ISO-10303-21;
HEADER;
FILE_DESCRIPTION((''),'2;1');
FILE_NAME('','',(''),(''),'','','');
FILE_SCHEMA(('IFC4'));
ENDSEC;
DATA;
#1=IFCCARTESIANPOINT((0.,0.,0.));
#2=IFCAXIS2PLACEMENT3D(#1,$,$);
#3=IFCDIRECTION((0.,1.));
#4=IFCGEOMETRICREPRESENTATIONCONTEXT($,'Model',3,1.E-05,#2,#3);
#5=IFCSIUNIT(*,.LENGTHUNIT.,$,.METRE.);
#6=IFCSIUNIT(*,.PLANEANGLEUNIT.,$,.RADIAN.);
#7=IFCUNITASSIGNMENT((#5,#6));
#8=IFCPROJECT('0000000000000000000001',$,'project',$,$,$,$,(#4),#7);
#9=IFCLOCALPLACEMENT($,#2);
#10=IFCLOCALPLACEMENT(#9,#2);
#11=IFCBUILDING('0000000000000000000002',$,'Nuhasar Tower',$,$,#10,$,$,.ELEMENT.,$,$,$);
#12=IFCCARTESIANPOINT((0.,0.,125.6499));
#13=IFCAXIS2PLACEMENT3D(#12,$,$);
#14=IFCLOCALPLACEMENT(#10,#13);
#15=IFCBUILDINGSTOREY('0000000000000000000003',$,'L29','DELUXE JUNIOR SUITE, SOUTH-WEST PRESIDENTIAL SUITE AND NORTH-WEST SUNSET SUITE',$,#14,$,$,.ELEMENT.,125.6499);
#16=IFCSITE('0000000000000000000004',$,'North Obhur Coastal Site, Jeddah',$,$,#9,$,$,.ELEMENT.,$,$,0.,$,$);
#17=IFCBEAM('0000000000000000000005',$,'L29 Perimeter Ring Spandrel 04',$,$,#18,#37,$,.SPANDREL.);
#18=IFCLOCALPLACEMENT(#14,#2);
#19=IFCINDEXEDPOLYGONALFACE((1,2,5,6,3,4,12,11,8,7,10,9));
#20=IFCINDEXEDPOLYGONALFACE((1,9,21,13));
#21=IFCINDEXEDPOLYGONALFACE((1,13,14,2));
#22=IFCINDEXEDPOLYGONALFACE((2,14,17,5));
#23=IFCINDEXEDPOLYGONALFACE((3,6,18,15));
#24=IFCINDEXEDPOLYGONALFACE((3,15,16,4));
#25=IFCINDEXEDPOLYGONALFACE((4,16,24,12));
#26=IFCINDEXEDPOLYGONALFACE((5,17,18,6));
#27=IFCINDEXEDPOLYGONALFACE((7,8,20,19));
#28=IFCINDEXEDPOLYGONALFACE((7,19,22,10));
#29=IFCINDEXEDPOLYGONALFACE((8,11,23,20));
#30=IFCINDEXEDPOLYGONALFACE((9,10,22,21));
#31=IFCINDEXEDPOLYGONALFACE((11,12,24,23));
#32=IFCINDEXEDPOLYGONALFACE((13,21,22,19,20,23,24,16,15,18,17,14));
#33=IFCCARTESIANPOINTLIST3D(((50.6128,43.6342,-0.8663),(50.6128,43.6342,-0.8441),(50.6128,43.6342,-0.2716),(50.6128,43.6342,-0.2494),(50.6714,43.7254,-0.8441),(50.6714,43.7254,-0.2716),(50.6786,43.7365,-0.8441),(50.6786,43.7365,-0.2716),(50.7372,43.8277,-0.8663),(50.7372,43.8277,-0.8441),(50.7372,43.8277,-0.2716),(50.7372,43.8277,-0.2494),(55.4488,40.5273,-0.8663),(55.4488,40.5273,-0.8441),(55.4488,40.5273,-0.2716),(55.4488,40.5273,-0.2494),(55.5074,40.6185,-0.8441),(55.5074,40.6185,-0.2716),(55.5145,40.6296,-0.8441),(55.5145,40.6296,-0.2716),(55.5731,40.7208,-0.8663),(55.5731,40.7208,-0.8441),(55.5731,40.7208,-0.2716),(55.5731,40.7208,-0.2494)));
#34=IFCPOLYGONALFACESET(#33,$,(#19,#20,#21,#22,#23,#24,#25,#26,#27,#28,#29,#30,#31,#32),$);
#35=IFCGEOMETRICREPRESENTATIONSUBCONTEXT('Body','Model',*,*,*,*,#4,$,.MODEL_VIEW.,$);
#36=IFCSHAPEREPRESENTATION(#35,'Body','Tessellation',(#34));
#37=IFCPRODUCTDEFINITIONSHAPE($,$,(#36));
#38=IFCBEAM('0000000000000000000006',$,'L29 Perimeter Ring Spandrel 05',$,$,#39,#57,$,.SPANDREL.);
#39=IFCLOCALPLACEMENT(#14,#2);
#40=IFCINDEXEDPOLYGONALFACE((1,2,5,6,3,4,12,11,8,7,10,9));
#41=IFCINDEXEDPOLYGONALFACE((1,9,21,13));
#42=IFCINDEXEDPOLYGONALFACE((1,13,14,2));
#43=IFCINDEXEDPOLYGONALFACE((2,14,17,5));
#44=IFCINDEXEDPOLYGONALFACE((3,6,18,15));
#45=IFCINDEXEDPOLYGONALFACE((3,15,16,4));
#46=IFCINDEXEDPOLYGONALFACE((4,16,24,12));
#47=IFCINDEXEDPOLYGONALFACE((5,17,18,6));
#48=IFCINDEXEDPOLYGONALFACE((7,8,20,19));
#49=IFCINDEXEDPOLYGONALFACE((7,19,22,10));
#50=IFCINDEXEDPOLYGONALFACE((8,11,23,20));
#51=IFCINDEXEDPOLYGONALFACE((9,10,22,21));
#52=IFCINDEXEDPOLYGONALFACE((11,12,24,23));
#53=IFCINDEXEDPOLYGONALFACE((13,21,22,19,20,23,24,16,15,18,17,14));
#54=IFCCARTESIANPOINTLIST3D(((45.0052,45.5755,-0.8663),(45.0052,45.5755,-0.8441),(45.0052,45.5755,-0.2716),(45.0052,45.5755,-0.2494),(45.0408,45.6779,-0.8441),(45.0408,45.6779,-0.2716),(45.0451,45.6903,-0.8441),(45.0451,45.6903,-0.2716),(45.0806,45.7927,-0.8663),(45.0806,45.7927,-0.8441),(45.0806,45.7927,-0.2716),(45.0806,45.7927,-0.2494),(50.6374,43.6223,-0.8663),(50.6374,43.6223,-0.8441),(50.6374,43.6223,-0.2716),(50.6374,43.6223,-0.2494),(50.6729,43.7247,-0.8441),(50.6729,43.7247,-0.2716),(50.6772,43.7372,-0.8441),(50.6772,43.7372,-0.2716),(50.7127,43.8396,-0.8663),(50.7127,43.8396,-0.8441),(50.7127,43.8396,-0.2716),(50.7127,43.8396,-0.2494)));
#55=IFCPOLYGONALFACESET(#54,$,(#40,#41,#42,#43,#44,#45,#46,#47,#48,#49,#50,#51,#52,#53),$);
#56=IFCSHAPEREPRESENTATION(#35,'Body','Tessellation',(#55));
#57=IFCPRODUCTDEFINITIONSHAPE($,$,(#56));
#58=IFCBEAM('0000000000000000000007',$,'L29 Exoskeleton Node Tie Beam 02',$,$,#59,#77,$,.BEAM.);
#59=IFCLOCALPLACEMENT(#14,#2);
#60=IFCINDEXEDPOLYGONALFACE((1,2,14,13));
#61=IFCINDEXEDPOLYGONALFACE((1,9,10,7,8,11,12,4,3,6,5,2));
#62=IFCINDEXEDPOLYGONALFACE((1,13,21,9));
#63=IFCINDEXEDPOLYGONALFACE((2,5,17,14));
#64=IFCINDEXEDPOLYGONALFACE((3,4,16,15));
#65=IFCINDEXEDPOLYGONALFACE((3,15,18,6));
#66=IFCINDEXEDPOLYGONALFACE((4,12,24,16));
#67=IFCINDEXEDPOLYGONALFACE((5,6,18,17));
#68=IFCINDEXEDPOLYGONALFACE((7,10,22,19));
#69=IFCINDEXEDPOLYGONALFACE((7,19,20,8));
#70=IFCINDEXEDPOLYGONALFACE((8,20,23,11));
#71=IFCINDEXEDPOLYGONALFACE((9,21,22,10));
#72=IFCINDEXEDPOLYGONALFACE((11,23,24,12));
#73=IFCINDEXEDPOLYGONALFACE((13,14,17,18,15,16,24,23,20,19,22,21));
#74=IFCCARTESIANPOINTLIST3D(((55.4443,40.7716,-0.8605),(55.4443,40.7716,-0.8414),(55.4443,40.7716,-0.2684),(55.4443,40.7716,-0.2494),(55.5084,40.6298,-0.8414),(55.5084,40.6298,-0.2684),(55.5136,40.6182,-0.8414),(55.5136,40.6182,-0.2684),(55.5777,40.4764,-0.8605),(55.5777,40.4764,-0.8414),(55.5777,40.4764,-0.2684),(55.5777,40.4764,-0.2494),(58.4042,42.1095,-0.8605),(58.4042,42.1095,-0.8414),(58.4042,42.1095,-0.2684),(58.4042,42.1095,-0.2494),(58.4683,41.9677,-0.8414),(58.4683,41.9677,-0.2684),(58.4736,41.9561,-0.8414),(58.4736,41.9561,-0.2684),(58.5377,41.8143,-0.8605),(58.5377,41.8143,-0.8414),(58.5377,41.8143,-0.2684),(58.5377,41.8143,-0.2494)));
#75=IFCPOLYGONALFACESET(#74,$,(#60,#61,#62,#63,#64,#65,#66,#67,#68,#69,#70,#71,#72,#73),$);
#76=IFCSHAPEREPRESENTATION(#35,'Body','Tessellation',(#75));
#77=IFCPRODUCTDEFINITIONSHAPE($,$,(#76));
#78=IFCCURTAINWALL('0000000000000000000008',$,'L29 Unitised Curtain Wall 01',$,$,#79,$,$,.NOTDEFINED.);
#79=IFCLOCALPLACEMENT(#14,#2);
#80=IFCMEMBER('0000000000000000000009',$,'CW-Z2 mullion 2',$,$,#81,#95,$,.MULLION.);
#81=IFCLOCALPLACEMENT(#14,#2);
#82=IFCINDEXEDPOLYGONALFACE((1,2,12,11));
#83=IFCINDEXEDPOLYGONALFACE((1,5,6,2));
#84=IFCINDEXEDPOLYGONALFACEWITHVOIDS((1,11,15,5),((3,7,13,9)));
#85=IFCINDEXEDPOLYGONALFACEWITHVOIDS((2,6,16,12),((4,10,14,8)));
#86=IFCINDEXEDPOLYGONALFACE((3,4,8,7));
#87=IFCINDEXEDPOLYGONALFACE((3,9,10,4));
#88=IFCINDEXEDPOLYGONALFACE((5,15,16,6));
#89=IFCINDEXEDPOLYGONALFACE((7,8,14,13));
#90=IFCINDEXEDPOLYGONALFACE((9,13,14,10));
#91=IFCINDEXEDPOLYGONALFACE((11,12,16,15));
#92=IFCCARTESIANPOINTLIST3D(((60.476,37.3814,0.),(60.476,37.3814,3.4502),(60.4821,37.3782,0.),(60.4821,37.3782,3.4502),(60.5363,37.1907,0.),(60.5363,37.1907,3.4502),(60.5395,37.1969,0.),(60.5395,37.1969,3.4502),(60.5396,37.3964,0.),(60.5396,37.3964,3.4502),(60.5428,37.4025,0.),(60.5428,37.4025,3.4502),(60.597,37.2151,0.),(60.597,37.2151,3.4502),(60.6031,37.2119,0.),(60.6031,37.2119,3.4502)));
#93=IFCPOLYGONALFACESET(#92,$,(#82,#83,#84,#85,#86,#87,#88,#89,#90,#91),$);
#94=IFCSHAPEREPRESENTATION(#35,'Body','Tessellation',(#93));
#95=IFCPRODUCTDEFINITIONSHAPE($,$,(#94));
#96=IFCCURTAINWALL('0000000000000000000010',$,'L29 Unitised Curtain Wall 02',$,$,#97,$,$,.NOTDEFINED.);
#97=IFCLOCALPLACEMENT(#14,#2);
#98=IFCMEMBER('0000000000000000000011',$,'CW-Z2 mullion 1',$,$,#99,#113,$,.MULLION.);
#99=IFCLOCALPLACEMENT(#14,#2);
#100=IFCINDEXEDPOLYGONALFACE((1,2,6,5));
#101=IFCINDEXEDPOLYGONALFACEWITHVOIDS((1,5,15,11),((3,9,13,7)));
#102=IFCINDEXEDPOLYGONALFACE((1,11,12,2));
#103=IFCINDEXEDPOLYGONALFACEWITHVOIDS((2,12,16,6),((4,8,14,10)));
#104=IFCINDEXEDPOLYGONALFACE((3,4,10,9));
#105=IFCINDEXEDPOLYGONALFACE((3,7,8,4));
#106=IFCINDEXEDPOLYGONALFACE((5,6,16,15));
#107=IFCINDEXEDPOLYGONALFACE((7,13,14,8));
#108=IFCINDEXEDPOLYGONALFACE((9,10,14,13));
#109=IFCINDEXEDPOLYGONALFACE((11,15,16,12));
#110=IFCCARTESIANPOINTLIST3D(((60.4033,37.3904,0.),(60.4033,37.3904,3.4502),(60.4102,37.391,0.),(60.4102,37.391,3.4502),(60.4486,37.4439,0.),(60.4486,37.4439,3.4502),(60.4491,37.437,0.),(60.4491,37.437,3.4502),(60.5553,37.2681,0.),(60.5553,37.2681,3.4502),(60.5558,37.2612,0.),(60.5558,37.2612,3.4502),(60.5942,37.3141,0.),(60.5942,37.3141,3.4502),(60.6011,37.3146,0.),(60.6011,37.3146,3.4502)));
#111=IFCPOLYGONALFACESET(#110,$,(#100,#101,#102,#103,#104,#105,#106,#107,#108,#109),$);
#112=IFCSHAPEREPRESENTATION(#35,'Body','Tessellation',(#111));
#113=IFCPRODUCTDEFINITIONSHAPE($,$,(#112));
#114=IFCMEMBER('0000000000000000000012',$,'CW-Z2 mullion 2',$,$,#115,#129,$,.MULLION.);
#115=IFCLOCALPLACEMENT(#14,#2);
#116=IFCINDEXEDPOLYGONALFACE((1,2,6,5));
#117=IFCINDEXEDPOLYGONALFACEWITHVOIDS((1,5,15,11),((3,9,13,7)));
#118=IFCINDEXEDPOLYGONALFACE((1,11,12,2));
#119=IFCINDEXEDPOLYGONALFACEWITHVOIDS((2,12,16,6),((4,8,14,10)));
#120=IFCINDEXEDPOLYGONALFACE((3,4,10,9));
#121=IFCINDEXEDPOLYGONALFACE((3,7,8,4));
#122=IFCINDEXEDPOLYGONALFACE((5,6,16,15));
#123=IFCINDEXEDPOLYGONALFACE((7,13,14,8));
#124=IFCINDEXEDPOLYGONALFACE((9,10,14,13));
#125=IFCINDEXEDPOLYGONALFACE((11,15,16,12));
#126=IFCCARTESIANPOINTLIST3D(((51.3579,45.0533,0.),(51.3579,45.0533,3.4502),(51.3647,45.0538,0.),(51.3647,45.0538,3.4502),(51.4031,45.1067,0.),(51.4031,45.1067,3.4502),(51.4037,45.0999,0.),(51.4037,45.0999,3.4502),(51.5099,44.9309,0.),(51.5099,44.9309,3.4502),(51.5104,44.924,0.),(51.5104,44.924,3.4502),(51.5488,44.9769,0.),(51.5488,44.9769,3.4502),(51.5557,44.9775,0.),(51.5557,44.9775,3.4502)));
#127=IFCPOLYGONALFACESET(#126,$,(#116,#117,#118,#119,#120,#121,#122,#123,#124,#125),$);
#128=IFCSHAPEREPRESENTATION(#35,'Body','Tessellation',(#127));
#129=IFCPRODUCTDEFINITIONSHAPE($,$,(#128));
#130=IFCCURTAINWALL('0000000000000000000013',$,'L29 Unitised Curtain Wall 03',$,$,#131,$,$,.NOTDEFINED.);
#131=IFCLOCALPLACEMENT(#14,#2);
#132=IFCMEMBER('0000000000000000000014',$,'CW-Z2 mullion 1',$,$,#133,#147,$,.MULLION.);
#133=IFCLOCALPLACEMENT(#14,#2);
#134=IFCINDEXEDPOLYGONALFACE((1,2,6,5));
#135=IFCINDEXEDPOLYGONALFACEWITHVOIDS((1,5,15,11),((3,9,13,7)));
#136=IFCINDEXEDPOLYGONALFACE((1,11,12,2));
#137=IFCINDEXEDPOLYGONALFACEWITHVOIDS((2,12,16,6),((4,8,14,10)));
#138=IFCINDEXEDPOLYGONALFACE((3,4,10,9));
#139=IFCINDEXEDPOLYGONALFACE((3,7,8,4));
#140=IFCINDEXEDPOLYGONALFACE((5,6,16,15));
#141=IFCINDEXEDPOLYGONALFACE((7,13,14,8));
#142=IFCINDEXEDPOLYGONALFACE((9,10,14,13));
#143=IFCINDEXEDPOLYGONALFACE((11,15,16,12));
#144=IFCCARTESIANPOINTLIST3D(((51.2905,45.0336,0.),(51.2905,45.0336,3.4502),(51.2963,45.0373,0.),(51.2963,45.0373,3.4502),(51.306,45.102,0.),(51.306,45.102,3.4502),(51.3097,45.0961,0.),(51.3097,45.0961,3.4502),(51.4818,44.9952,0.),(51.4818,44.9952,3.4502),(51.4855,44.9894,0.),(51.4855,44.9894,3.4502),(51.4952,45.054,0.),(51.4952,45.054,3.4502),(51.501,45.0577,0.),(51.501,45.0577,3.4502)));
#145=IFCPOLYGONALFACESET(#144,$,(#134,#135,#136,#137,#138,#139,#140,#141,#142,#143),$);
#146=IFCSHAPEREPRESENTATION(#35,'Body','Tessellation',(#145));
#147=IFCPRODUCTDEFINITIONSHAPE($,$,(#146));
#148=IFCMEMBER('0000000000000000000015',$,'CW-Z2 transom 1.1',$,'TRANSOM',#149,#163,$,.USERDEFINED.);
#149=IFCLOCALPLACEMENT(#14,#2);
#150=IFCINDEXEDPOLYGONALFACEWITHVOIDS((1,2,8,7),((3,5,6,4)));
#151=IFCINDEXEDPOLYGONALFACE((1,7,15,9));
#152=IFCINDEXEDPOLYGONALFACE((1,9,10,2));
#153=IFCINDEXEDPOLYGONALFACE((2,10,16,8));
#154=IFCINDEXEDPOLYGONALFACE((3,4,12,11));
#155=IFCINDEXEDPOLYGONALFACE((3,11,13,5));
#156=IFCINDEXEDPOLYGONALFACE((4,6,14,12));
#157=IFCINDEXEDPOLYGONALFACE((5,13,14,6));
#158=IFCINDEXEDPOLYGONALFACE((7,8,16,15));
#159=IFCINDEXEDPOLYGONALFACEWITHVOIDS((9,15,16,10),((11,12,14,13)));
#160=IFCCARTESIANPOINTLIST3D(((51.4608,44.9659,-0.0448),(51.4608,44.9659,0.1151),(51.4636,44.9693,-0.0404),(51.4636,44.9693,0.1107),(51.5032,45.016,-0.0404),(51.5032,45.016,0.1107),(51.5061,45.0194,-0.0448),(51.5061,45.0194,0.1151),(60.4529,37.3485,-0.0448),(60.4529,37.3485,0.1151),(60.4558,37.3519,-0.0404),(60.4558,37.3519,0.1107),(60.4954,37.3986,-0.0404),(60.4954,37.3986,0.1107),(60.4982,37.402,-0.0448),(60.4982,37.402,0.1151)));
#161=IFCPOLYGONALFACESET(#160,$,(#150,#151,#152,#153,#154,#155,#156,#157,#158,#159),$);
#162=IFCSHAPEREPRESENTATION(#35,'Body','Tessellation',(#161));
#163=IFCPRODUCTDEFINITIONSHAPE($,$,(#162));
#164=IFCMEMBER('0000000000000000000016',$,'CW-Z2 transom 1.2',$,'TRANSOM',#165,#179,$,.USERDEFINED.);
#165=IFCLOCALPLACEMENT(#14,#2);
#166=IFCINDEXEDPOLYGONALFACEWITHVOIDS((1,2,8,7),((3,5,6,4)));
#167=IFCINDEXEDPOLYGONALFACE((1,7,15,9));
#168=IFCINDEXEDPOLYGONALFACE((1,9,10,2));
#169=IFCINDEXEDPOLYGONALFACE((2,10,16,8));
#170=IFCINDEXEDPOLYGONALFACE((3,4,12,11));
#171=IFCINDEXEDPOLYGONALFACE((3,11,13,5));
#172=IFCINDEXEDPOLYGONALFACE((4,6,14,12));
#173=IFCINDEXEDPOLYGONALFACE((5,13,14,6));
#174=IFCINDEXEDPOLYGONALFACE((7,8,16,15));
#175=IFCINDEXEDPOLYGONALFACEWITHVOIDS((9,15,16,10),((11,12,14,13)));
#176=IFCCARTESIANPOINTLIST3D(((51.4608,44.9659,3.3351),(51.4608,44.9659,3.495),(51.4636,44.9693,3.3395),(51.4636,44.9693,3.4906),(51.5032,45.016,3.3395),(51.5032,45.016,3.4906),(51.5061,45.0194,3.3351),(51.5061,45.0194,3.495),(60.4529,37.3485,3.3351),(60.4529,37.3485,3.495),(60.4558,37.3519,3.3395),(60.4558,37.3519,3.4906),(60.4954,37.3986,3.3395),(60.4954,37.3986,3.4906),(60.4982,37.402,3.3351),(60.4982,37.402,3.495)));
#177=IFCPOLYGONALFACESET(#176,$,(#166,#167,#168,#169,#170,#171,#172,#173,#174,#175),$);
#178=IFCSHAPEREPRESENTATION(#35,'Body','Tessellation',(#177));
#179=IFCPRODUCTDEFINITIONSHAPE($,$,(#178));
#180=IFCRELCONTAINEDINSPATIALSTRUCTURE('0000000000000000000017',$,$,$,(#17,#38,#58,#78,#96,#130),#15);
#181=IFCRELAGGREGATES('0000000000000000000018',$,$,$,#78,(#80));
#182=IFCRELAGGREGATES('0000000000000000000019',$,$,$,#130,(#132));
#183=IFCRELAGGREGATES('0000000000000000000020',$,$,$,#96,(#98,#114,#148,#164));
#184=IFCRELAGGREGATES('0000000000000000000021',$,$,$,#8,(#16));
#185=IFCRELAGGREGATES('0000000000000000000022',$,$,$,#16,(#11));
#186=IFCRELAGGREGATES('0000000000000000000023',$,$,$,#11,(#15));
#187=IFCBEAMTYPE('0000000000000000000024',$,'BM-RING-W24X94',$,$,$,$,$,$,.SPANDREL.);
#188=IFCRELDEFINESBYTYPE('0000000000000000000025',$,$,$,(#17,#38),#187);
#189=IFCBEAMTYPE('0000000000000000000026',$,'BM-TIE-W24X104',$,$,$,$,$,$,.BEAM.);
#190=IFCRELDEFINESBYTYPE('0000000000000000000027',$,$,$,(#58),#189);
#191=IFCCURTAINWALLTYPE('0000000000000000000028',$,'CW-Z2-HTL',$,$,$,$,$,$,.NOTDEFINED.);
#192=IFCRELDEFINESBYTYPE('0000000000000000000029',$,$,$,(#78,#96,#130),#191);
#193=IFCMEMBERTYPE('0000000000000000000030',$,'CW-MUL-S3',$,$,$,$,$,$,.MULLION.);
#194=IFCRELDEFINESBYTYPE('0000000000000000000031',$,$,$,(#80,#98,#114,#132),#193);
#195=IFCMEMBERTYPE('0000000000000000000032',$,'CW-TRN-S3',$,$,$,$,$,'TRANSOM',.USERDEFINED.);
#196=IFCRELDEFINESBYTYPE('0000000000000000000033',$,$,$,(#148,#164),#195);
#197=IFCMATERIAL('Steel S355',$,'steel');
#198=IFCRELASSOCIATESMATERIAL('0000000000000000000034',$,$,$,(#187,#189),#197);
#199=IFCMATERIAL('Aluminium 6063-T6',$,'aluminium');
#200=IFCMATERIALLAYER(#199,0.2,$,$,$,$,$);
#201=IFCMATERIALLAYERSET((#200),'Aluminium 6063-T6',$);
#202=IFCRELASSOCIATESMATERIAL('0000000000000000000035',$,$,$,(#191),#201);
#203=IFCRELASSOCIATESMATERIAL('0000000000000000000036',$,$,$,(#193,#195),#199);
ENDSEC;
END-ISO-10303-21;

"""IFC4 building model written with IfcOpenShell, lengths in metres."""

from ifc_helpers import new_model, si_unit, direction, frame, origin, origin_2d, place, context, subcontext, project, spatial, hollow_rectangle, i_section, extrude, material, layer, layer_set, material_profile, profile_set, type_object, element, aggregate, save


model = new_model("IFC4")

# Units and contexts
model_context = context("Model", 3, precision=1e-05, world=origin(), true_north=direction((0.0, 1.0)))
body_context = subcontext(model_context, "Body", "Model", "MODEL_VIEW")
ifc_project = project(units=[si_unit("LENGTHUNIT", "METRE"), si_unit("PLANEANGLEUNIT", "RADIAN")], contexts=[model_context])

# Site, building, storey
site_placement = place(None, origin())
site = spatial("IfcSite", under=ifc_project, at=site_placement, Name="North Obhur Coastal Site, Jeddah", CompositionType="ELEMENT", RefElevation=0.0)
building_placement = place(site_placement, origin())
building = spatial("IfcBuilding", under=site, at=building_placement, Name="Nuhasar Tower", CompositionType="ELEMENT")
storey_placement = place(building_placement, frame((0.0, 0.0, 125.6499)))
storey = spatial("IfcBuildingStorey", under=building, at=storey_placement, Name="L29", Description="DELUXE JUNIOR SUITE, SOUTH-WEST PRESIDENTIAL SUITE AND NORTH-WEST SUNSET SUITE", CompositionType="ELEMENT", Elevation=125.6499)

# Beams
ifc_material_1 = material(Name="Steel S355", Category="steel")
ifc_material_profile_1 = material_profile(ifc_material_1, i_section(OverallWidth=0.23, OverallDepth=0.6169, WebThickness=0.0132, FlangeThickness=0.0222, at=origin_2d()), Name="W24X94")
ifc_profile_set_1 = profile_set([ifc_material_profile_1], Name="Steel S355")
beam_type_1 = type_object("IfcBeamType", Name="BM-RING-W24X94", PredefinedType="SPANDREL", material=ifc_profile_set_1)
beam_1_placement = place(storey_placement, frame((55.511, 40.624, -0.5579), z_axis=(-0.841327, 0.540526, 0.0), x_axis=(-0.540526, -0.841327, 0.0)))
element("IfcBeam", 1, at=beam_1_placement, inside=storey, type_object=beam_type_1, Name="L29 Perimeter Ring Spandrel 04", PredefinedType="SPANDREL", context=body_context, shape_type="SweptSolid", body=[
    extrude(i_section(OverallWidth=0.23, OverallDepth=0.6169, WebThickness=0.0132, FlangeThickness=0.0222, at=origin_2d()), origin(), (0.0, 0.0, 1.0), 5.748),
])
beam_2_placement = place(storey_placement, frame((50.675, 43.731, -0.5579), z_axis=(-0.944801, 0.327644, 0.0), x_axis=(-0.327644, -0.944801, 0.0)))
element("IfcBeam", 2, at=beam_2_placement, inside=storey, type_object=beam_type_1, Name="L29 Perimeter Ring Spandrel 05", PredefinedType="SPANDREL", context=body_context, shape_type="SweptSolid", body=[
    extrude(i_section(OverallWidth=0.23, OverallDepth=0.6169, WebThickness=0.0132, FlangeThickness=0.0222, at=origin_2d()), origin(), (0.0, 0.0, 1.0), 5.9612),
])
ifc_material_profile_2 = material_profile(ifc_material_1, i_section(OverallWidth=0.324, OverallDepth=0.6111, WebThickness=0.0127, FlangeThickness=0.019, at=origin_2d()), Name="W24X104")
ifc_profile_set_2 = profile_set([ifc_material_profile_2], Name="Steel S355")
beam_type_2 = type_object("IfcBeamType", Name="BM-TIE-W24X104", PredefinedType="BEAM", material=ifc_profile_set_2)
beam_3_placement = place(storey_placement, frame((55.511, 40.624, -0.5549), z_axis=(0.91124, 0.411877, 0.0), x_axis=(-0.411877, 0.91124, 0.0)))
element("IfcBeam", 3, at=beam_3_placement, inside=storey, type_object=beam_type_2, Name="L29 Exoskeleton Node Tie Beam 02", PredefinedType="BEAM", context=body_context, shape_type="SweptSolid", body=[
    extrude(i_section(OverallWidth=0.324, OverallDepth=0.6111, WebThickness=0.0127, FlangeThickness=0.019, at=origin_2d()), origin(), (0.0, 0.0, 1.0), 3.2483),
])

# Curtain wall, member
ifc_material_2 = material(Name="Aluminium 6063-T6", Category="aluminium")
ifc_layer_1 = layer(ifc_material_2, 0.2)
ifc_layer_set_1 = layer_set([ifc_layer_1], Name="Aluminium 6063-T6")
curtain_wall_type = type_object("IfcCurtainWallType", Name="CW-Z2-HTL", PredefinedType="NOTDEFINED", material=ifc_layer_set_1)
curtain_wall_1_placement = place(storey_placement, origin())
curtain_wall_1 = element("IfcCurtainWall", 4, at=curtain_wall_1_placement, inside=storey, type_object=curtain_wall_type, Name="L29 Unitised Curtain Wall 01", PredefinedType="NOTDEFINED")
ifc_material_profile_3 = material_profile(ifc_material_2, hollow_rectangle(XDim=0.0701, YDim=0.2, WallThickness=0.0049, at=origin_2d()), Name="CWM-3")
ifc_profile_set_3 = profile_set([ifc_material_profile_3], Name="Aluminium 6063-T6")
member_type_1 = type_object("IfcMemberType", Name="CW-MUL-S3", PredefinedType="MULLION", material=ifc_profile_set_3)
member_1_placement = place(storey_placement, frame((60.5396, 37.2966, 0.0), z_axis=(0.0, 0.0, 1.0), x_axis=(-0.953433, -0.301604, 0.0)))
member_1 = element("IfcMember", 5, at=member_1_placement, type_object=member_type_1, Name="CW-Z2 mullion 2", PredefinedType="MULLION", context=body_context, shape_type="SweptSolid", body=[
    extrude(hollow_rectangle(XDim=0.0701, YDim=0.2, WallThickness=0.0049, at=origin_2d()), origin(), (0.0, 0.0, 1.0), 3.4502),
])
aggregate(curtain_wall_1, [member_1])

# Curtain wall, members
curtain_wall_2_placement = place(storey_placement, origin())
curtain_wall_2 = element("IfcCurtainWall", 6, at=curtain_wall_2_placement, inside=storey, type_object=curtain_wall_type, Name="L29 Unitised Curtain Wall 02", PredefinedType="NOTDEFINED")
member_2_placement = place(storey_placement, frame((60.5022, 37.3525, 0.0), z_axis=(0.0, 0.0, 1.0), x_axis=(-0.646374, -0.76302, 0.0)))
member_2 = element("IfcMember", 7, at=member_2_placement, type_object=member_type_1, Name="CW-Z2 mullion 1", PredefinedType="MULLION", context=body_context, shape_type="SweptSolid", body=[
    extrude(hollow_rectangle(XDim=0.0701, YDim=0.2, WallThickness=0.0049, at=origin_2d()), origin(), (0.0, 0.0, 1.0), 3.4502),
])
member_3_placement = place(storey_placement, frame((51.4568, 45.0154, 0.0), z_axis=(0.0, 0.0, 1.0), x_axis=(-0.646374, -0.76302, 0.0)))
member_3 = element("IfcMember", 8, at=member_3_placement, type_object=member_type_1, Name="CW-Z2 mullion 2", PredefinedType="MULLION", context=body_context, shape_type="SweptSolid", body=[
    extrude(hollow_rectangle(XDim=0.0701, YDim=0.2, WallThickness=0.0049, at=origin_2d()), origin(), (0.0, 0.0, 1.0), 3.4502),
])

# Curtain wall, member
curtain_wall_3_placement = place(storey_placement, origin())
curtain_wall_3 = element("IfcCurtainWall", 9, at=curtain_wall_3_placement, inside=storey, type_object=curtain_wall_type, Name="L29 Unitised Curtain Wall 03", PredefinedType="NOTDEFINED")
member_4_placement = place(storey_placement, frame((51.3958, 45.0457, 0.0), z_axis=(0.0, 0.0, 1.0), x_axis=(-0.221397, -0.975184, 0.0)))
member_4 = element("IfcMember", 10, at=member_4_placement, type_object=member_type_1, Name="CW-Z2 mullion 1", PredefinedType="MULLION", context=body_context, shape_type="SweptSolid", body=[
    extrude(hollow_rectangle(XDim=0.0701, YDim=0.2, WallThickness=0.0049, at=origin_2d()), origin(), (0.0, 0.0, 1.0), 3.4502),
])

# Members
ifc_material_profile_4 = material_profile(ifc_material_2, hollow_rectangle(XDim=0.0701, YDim=0.1599, WallThickness=0.0044, at=origin_2d()), Name="CWT-3")
ifc_profile_set_4 = profile_set([ifc_material_profile_4], Name="Aluminium 6063-T6")
member_type_2 = type_object("IfcMemberType", Name="CW-TRN-S3", ElementType="TRANSOM", PredefinedType="USERDEFINED", material=ifc_profile_set_4)
member_5_placement = place(storey_placement, frame((60.4756, 37.3752, 0.0352), z_axis=(-0.763024, 0.64637, 0.0), x_axis=(-0.64637, -0.763024, 0.0)))
member_5 = element("IfcMember", 11, at=member_5_placement, type_object=member_type_2, Name="CW-Z2 transom 1.1", ObjectType="TRANSOM", PredefinedType="USERDEFINED", context=body_context, shape_type="SweptSolid", body=[
    extrude(hollow_rectangle(XDim=0.0701, YDim=0.1599, WallThickness=0.0044, at=origin_2d()), origin(), (0.0, 0.0, 1.0), 11.7849),
])
member_6_placement = place(storey_placement, frame((60.4756, 37.3752, 3.415), z_axis=(-0.763024, 0.64637, 0.0), x_axis=(-0.64637, -0.763024, 0.0)))
member_6 = element("IfcMember", 12, at=member_6_placement, type_object=member_type_2, Name="CW-Z2 transom 1.2", ObjectType="TRANSOM", PredefinedType="USERDEFINED", context=body_context, shape_type="SweptSolid", body=[
    extrude(hollow_rectangle(XDim=0.0701, YDim=0.1599, WallThickness=0.0044, at=origin_2d()), origin(), (0.0, 0.0, 1.0), 11.7849),
])
aggregate(curtain_wall_3, [member_4])

aggregate(curtain_wall_2, [member_2, member_3, member_5, member_6])

save(model, "model.ifc")
